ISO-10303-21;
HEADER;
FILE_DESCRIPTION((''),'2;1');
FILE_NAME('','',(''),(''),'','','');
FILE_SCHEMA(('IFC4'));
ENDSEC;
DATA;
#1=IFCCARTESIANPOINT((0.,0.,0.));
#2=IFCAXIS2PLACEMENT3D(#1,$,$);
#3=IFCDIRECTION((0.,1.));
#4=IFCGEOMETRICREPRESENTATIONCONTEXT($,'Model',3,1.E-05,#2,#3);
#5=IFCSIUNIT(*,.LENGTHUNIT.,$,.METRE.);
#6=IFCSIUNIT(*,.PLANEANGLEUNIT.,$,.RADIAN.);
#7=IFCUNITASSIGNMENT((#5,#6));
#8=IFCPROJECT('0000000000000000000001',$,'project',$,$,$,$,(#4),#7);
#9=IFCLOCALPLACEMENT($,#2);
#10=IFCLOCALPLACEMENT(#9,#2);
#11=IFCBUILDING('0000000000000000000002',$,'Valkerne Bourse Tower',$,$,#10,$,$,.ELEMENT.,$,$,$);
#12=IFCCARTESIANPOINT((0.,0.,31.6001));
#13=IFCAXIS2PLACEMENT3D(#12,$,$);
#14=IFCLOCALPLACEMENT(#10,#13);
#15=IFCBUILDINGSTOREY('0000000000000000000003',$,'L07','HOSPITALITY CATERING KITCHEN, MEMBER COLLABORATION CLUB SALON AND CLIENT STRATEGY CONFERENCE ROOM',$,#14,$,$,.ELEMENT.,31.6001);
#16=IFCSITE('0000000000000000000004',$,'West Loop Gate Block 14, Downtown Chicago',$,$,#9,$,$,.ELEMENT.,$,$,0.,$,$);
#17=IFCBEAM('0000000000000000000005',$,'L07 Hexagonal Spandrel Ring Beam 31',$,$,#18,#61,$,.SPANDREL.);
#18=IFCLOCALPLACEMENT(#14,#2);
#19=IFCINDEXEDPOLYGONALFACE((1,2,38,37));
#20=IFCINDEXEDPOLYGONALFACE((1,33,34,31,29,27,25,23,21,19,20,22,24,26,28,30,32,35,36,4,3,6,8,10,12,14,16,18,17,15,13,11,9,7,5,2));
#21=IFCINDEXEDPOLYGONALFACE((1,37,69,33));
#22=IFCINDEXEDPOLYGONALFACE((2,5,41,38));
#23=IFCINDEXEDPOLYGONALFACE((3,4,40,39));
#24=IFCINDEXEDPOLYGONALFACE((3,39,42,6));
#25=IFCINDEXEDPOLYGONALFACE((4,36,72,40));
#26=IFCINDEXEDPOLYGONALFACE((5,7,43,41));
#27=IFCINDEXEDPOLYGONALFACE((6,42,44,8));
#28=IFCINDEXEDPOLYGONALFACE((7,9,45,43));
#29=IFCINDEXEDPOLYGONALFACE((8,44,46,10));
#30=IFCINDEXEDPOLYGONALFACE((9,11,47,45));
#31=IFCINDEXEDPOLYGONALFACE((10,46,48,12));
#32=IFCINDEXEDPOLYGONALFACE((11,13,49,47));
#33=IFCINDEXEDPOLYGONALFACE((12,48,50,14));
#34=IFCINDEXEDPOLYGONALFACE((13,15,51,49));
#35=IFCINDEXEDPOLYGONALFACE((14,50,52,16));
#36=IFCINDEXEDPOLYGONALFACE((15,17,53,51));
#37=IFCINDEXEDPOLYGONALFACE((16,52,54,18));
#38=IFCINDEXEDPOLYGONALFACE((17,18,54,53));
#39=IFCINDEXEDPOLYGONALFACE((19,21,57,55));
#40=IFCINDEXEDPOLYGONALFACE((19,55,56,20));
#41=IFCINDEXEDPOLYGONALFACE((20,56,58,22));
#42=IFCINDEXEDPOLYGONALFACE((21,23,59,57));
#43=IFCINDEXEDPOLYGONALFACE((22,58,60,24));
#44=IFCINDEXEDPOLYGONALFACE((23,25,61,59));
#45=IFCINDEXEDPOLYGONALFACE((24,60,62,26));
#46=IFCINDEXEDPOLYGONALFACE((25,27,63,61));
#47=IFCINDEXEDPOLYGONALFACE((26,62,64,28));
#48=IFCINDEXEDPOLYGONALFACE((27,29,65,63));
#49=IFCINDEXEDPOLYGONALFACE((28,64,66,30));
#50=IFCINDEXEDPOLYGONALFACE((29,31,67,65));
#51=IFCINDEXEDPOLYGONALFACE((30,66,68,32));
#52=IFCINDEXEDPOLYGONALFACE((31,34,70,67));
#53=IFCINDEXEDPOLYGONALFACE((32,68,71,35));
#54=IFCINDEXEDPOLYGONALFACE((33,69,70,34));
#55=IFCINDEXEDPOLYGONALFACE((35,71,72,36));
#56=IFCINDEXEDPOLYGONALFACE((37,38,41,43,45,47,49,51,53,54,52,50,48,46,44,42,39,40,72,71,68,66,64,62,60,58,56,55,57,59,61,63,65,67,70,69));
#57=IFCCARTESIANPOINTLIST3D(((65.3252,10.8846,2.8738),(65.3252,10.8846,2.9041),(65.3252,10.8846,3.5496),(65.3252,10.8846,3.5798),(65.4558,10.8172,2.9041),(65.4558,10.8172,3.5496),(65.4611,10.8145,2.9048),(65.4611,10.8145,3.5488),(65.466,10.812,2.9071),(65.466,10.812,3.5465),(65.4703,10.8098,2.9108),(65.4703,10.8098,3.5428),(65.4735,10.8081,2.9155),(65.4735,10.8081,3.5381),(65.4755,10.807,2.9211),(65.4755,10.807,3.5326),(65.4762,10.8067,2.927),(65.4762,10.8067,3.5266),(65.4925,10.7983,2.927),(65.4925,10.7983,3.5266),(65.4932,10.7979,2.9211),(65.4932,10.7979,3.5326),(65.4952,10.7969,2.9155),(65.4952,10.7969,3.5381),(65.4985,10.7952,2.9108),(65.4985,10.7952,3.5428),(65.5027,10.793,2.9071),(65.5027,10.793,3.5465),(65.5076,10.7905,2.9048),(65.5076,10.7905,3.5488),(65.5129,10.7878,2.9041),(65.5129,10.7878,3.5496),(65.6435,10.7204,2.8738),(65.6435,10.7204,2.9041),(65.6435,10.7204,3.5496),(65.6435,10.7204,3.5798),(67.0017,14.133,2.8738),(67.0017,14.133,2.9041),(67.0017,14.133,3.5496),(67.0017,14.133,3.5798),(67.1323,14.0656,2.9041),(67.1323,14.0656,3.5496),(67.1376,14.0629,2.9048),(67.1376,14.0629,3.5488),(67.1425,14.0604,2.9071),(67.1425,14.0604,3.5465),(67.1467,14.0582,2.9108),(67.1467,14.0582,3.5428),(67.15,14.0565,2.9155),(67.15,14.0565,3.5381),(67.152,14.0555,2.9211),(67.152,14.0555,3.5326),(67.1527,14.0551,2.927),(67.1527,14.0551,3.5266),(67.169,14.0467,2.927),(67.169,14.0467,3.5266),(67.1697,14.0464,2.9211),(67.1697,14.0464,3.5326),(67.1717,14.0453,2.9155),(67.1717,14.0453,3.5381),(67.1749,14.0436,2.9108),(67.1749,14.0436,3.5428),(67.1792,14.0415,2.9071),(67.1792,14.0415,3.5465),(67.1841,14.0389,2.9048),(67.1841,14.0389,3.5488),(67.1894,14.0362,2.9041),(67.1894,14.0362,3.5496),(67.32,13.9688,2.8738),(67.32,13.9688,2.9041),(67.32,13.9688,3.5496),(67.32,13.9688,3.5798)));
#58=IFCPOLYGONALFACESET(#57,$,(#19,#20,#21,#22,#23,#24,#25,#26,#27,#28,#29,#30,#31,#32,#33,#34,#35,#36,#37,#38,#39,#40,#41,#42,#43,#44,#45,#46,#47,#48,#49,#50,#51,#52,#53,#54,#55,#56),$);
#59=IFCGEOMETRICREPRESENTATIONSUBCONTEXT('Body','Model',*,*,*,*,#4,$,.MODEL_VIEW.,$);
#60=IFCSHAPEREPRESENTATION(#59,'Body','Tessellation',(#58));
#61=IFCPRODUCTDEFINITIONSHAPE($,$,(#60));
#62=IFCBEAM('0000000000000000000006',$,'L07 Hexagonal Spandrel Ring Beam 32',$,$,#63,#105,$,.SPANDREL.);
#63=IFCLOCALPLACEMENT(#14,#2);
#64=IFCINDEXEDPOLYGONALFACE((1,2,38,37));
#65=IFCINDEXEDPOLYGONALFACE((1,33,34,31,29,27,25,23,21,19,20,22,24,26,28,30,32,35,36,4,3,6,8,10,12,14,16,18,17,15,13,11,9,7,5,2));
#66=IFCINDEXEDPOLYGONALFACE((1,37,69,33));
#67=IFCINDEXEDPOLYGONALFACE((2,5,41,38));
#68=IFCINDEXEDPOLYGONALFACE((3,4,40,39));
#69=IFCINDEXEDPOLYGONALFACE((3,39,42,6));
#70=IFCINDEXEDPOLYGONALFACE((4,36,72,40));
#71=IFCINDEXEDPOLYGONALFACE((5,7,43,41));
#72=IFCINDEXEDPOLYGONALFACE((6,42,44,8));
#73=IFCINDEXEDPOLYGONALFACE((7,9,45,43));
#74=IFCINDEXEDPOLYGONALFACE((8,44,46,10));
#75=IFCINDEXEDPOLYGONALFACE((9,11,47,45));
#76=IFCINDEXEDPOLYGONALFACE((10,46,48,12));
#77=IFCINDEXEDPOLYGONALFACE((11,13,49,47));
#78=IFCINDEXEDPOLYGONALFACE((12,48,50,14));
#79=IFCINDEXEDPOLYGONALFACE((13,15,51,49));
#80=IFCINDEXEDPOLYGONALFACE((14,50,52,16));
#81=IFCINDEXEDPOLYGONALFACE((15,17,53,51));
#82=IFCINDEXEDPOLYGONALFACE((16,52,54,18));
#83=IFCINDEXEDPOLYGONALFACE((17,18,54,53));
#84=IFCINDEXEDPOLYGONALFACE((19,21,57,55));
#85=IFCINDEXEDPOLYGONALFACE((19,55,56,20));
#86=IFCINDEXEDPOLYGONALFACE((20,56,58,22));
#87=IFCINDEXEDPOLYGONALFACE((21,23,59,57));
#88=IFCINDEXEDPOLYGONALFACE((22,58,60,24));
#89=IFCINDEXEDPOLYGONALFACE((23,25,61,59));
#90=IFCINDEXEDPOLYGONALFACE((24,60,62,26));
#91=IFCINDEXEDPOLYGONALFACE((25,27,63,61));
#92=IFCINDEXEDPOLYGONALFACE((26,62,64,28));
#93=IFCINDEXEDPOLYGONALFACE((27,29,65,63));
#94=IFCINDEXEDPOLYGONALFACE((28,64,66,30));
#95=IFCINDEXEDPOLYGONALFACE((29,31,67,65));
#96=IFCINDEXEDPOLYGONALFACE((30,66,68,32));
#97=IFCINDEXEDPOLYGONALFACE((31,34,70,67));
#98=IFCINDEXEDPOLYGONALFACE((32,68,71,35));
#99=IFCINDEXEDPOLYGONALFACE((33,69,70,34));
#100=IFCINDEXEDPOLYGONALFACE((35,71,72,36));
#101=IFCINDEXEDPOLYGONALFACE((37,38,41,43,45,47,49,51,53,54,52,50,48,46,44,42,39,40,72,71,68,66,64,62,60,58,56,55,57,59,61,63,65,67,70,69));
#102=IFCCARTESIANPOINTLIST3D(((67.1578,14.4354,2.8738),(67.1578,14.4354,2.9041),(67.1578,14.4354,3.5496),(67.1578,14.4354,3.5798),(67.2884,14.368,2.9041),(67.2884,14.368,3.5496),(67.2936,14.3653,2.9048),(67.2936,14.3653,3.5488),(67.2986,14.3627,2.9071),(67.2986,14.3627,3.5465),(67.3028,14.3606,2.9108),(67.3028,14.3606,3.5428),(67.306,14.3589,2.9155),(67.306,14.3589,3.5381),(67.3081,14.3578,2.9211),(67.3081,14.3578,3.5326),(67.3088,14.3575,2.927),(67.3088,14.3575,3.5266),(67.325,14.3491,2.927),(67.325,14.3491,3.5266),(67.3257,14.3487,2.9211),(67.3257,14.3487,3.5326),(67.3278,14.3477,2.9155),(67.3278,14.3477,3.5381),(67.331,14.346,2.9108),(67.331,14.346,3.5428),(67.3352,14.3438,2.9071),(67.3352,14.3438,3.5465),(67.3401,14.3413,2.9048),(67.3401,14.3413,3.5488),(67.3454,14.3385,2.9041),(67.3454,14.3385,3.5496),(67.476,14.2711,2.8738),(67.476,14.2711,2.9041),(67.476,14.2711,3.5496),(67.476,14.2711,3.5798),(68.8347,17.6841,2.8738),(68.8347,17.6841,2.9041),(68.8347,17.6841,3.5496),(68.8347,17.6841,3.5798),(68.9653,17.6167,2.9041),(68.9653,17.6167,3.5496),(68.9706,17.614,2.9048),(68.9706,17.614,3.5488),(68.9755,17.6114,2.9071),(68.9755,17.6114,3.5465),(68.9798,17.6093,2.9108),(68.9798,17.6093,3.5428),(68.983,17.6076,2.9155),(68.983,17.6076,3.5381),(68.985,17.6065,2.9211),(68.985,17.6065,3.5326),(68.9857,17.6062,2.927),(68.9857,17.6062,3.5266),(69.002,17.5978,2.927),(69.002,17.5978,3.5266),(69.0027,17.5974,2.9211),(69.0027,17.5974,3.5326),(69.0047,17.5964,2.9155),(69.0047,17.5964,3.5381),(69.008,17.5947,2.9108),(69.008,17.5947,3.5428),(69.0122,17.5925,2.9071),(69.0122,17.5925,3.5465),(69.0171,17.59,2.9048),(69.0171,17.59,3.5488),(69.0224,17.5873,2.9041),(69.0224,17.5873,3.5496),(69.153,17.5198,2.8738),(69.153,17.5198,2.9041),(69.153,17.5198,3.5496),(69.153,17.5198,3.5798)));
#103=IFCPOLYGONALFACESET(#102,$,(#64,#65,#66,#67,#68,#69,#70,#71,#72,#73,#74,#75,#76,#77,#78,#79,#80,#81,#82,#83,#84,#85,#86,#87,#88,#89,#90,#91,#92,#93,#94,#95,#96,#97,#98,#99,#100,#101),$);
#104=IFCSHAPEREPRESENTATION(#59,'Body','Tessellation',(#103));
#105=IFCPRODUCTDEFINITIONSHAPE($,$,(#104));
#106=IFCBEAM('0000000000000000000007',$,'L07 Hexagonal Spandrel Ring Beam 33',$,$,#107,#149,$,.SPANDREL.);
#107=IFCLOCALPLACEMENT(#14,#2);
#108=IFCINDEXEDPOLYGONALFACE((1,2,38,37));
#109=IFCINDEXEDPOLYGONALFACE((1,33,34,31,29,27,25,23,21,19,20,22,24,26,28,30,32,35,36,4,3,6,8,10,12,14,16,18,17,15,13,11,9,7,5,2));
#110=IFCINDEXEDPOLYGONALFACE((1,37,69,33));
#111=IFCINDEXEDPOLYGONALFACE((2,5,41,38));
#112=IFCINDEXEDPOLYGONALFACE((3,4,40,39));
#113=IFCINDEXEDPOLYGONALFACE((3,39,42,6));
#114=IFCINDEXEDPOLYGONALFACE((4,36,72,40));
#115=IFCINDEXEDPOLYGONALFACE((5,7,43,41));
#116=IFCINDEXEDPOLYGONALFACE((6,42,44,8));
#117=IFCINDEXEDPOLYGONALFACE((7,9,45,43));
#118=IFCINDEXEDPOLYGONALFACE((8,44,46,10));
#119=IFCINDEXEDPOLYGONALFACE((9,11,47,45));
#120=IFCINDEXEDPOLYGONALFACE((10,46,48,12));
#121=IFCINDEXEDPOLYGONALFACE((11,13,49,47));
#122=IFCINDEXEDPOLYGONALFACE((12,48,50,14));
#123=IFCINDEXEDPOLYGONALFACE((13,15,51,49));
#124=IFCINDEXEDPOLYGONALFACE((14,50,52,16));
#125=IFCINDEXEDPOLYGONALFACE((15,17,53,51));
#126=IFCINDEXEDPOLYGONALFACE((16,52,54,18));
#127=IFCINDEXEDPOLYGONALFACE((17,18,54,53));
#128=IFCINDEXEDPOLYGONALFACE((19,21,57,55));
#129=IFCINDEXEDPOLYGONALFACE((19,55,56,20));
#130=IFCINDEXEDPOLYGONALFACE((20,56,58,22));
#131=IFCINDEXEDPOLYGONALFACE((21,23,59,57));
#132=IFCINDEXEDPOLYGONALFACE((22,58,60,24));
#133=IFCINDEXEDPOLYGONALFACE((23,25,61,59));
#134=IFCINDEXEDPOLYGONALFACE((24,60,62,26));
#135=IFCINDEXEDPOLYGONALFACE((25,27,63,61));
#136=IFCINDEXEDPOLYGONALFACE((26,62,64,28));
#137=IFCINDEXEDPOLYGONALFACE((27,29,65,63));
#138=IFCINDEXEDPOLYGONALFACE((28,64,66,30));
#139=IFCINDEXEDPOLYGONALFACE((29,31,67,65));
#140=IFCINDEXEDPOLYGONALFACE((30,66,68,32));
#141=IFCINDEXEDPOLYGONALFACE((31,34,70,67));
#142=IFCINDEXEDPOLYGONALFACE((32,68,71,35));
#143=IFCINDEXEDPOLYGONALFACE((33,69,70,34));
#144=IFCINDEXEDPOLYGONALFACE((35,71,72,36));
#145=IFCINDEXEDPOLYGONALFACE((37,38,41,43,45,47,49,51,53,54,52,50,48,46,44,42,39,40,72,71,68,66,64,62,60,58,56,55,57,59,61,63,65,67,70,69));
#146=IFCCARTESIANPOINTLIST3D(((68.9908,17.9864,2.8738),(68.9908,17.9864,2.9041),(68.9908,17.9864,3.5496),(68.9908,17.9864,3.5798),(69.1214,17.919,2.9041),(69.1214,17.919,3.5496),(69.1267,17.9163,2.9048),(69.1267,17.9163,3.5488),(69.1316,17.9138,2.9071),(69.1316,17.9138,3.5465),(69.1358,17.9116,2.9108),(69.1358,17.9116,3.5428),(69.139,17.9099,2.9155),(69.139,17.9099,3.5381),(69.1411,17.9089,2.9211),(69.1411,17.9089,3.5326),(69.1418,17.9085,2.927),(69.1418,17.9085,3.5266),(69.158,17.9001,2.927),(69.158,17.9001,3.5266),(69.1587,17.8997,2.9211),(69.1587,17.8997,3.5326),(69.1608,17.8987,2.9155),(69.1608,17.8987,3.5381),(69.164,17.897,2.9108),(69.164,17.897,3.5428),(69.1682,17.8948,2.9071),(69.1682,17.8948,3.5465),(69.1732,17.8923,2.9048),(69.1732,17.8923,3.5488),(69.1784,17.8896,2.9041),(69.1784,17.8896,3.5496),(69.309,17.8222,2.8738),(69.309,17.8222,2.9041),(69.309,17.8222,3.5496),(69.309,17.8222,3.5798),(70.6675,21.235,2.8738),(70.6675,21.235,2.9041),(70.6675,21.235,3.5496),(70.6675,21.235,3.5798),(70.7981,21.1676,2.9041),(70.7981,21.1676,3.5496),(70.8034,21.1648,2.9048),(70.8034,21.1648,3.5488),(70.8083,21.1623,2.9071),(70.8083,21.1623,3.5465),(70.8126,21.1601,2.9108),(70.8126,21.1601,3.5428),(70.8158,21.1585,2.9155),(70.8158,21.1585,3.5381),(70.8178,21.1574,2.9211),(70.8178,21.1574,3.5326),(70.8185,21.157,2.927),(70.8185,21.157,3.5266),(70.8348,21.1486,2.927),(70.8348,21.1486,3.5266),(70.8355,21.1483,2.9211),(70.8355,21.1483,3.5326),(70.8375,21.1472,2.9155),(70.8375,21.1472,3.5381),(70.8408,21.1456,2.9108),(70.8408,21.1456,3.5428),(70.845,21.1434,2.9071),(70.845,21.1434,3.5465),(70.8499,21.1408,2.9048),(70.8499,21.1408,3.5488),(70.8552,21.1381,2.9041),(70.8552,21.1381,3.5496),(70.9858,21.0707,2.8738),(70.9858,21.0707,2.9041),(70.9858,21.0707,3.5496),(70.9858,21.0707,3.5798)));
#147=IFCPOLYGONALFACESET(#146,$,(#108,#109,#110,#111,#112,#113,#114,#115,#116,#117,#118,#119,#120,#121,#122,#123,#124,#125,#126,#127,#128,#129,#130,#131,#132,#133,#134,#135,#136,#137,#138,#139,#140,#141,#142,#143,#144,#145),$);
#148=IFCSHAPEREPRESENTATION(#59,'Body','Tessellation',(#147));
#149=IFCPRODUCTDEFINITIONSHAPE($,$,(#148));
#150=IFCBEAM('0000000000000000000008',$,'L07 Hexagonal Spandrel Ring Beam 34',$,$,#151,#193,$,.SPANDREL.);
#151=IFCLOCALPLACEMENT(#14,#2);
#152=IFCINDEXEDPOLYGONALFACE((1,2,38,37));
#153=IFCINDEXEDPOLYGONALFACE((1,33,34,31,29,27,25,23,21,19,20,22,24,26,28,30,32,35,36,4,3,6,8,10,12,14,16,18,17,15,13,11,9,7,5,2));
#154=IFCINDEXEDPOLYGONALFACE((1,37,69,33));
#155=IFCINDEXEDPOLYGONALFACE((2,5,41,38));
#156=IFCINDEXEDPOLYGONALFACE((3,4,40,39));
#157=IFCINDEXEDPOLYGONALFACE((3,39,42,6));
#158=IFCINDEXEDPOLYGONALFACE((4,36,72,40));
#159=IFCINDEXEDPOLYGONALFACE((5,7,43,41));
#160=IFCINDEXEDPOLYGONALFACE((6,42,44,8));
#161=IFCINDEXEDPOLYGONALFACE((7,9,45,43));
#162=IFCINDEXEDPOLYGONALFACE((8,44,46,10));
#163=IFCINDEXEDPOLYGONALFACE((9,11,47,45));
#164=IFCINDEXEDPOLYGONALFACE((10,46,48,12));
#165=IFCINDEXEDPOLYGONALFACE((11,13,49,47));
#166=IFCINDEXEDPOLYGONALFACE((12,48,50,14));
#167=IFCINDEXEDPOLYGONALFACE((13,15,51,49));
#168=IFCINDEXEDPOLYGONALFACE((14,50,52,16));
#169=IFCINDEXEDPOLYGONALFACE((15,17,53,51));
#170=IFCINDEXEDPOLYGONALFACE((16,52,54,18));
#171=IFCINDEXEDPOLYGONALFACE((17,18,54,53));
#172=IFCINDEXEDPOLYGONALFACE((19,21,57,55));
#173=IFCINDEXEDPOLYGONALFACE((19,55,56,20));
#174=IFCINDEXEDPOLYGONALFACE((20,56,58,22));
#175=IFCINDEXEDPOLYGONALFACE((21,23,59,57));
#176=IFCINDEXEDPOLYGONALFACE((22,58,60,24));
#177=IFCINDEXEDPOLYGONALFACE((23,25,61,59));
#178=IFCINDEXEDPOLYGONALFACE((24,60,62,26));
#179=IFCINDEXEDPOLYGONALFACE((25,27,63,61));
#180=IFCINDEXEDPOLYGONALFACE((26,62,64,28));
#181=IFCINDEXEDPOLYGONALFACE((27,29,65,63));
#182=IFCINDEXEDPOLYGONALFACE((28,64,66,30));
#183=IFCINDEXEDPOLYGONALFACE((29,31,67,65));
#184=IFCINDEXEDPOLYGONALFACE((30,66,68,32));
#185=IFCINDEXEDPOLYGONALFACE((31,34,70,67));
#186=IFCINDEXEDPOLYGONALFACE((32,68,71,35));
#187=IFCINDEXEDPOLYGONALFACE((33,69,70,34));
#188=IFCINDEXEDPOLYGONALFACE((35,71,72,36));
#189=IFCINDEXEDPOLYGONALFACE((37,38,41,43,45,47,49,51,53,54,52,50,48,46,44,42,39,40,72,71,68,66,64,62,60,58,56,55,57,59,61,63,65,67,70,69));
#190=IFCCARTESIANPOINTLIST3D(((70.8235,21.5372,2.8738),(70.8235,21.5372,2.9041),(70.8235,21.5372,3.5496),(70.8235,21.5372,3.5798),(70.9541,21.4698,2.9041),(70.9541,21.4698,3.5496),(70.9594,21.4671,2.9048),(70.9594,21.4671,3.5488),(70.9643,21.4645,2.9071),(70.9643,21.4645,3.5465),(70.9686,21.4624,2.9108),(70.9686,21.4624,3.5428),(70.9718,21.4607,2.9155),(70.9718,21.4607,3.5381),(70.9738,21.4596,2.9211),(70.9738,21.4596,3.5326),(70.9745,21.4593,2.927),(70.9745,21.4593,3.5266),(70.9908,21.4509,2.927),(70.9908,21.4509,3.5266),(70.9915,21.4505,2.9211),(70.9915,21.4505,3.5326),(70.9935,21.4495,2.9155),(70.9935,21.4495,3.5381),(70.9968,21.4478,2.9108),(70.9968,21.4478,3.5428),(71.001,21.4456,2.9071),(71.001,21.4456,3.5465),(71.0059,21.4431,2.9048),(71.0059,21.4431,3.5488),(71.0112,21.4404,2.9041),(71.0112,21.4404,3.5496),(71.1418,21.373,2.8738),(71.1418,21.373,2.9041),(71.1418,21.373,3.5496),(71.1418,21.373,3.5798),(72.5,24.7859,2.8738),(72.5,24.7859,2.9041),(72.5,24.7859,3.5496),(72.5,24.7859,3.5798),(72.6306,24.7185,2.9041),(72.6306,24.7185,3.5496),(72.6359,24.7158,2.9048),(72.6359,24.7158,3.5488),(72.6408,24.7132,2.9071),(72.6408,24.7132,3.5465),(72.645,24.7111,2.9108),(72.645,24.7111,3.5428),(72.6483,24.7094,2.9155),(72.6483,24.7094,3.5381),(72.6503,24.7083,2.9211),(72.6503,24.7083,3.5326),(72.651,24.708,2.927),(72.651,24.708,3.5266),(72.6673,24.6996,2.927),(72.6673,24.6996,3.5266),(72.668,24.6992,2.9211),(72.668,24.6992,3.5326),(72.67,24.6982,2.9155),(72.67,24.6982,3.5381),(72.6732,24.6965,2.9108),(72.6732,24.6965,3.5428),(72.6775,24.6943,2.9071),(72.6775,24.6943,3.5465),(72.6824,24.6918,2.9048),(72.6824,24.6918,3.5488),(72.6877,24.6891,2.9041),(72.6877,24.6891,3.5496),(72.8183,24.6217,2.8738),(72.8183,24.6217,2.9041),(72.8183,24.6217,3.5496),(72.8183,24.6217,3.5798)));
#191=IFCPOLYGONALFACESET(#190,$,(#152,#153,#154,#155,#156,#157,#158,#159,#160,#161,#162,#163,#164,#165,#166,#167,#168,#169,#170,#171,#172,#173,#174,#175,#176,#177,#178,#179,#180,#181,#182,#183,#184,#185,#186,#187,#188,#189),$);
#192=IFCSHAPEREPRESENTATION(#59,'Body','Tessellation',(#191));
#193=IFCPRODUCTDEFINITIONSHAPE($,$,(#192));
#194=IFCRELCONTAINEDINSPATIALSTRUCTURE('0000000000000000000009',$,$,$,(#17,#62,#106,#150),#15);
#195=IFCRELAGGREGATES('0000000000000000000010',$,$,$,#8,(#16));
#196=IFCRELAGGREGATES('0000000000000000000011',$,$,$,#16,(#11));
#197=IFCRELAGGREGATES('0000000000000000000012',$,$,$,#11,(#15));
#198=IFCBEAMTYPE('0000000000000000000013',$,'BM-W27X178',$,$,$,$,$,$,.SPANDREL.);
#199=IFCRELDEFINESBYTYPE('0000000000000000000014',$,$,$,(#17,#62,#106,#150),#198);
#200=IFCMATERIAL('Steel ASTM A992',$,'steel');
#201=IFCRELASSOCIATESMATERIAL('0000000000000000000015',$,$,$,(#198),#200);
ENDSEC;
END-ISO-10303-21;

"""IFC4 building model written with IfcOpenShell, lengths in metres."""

from ifc_helpers import new_model, si_unit, direction, frame, origin, origin_2d, place, context, subcontext, project, spatial, i_section, extrude, material, material_profile, profile_set, type_object, element, save


model = new_model("IFC4")

# Units and contexts
model_context = context("Model", 3, precision=1e-05, world=origin(), true_north=direction((0.0, 1.0)))
body_context = subcontext(model_context, "Body", "Model", "MODEL_VIEW")
ifc_project = project(units=[si_unit("LENGTHUNIT", "METRE"), si_unit("PLANEANGLEUNIT", "RADIAN")], contexts=[model_context])

# Site, building, storey
site_placement = place(None, origin())
site = spatial("IfcSite", under=ifc_project, at=site_placement, Name="West Loop Gate Block 14, Downtown Chicago", CompositionType="ELEMENT", RefElevation=0.0)
building_placement = place(site_placement, origin())
building = spatial("IfcBuilding", under=site, at=building_placement, Name="Valkerne Bourse Tower", CompositionType="ELEMENT")
storey_placement = place(building_placement, frame((0.0, 0.0, 31.6001)))
storey = spatial("IfcBuildingStorey", under=building, at=storey_placement, Name="L07", Description="HOSPITALITY CATERING KITCHEN, MEMBER COLLABORATION CLUB SALON AND CLIENT STRATEGY CONFERENCE ROOM", CompositionType="ELEMENT", Elevation=31.6001)

# Beams
ifc_material_1 = material(Name="Steel ASTM A992", Category="steel")
ifc_material_profile_1 = material_profile(ifc_material_1, i_section(OverallWidth=0.3582, OverallDepth=0.7061, WebThickness=0.0183, FlangeThickness=0.0303, FilletRadius=0.0229, at=origin_2d()), Name="W27X178")
ifc_profile_set_1 = profile_set([ifc_material_profile_1], Name="Steel ASTM A992")
beam_type_1 = type_object("IfcBeamType", Name="BM-W27X178", PredefinedType="SPANDREL", material=ifc_profile_set_1)
beam_1_placement = place(storey_placement, frame((65.4844, 10.8025, 3.2268), z_axis=(0.458611, 0.888637, 0.0), x_axis=(-0.888637, 0.458611, 0.0)))
element("IfcBeam", 1, at=beam_1_placement, inside=storey, type_object=beam_type_1, Name="L07 Hexagonal Spandrel Ring Beam 31", PredefinedType="SPANDREL", context=body_context, shape_type="SweptSolid", body=[
    extrude(i_section(OverallWidth=0.3582, OverallDepth=0.7061, WebThickness=0.0183, FlangeThickness=0.0303, FilletRadius=0.0229, at=origin_2d()), origin(), (0.0, 0.0, 1.0), 3.6555),
])
beam_2_placement = place(storey_placement, frame((67.3169, 14.3533, 3.2268), z_axis=(0.458689, 0.888597, 0.0), x_axis=(-0.888597, 0.458689, 0.0)))
element("IfcBeam", 2, at=beam_2_placement, inside=storey, type_object=beam_type_1, Name="L07 Hexagonal Spandrel Ring Beam 32", PredefinedType="SPANDREL", context=body_context, shape_type="SweptSolid", body=[
    extrude(i_section(OverallWidth=0.3582, OverallDepth=0.7061, WebThickness=0.0183, FlangeThickness=0.0303, FilletRadius=0.0229, at=origin_2d()), origin(), (0.0, 0.0, 1.0), 3.656),
])
for number, where, z_axis, x_axis, name in (
    (3, (69.1499, 17.9043, 3.2268), (0.458663, 0.88861, 0.0), (-0.88861, 0.458663, 0.0), "L07 Hexagonal Spandrel Ring Beam 33"),
    (4, (70.9827, 21.4551, 3.2268), (0.458583, 0.888651, 0.0), (-0.888651, 0.458583, 0.0), "L07 Hexagonal Spandrel Ring Beam 34"),
):
    element("IfcBeam", number, at=place(storey_placement, frame(where, z_axis=z_axis, x_axis=x_axis)), inside=storey, type_object=beam_type_1, Name=name, PredefinedType="SPANDREL", context=body_context, shape_type="SweptSolid", body=[
        extrude(i_section(OverallWidth=0.3582, OverallDepth=0.7061, WebThickness=0.0183, FlangeThickness=0.0303, FilletRadius=0.0229, at=origin_2d()), origin(), (0.0, 0.0, 1.0), 3.6558),
    ])

save(model, "model.ifc")
